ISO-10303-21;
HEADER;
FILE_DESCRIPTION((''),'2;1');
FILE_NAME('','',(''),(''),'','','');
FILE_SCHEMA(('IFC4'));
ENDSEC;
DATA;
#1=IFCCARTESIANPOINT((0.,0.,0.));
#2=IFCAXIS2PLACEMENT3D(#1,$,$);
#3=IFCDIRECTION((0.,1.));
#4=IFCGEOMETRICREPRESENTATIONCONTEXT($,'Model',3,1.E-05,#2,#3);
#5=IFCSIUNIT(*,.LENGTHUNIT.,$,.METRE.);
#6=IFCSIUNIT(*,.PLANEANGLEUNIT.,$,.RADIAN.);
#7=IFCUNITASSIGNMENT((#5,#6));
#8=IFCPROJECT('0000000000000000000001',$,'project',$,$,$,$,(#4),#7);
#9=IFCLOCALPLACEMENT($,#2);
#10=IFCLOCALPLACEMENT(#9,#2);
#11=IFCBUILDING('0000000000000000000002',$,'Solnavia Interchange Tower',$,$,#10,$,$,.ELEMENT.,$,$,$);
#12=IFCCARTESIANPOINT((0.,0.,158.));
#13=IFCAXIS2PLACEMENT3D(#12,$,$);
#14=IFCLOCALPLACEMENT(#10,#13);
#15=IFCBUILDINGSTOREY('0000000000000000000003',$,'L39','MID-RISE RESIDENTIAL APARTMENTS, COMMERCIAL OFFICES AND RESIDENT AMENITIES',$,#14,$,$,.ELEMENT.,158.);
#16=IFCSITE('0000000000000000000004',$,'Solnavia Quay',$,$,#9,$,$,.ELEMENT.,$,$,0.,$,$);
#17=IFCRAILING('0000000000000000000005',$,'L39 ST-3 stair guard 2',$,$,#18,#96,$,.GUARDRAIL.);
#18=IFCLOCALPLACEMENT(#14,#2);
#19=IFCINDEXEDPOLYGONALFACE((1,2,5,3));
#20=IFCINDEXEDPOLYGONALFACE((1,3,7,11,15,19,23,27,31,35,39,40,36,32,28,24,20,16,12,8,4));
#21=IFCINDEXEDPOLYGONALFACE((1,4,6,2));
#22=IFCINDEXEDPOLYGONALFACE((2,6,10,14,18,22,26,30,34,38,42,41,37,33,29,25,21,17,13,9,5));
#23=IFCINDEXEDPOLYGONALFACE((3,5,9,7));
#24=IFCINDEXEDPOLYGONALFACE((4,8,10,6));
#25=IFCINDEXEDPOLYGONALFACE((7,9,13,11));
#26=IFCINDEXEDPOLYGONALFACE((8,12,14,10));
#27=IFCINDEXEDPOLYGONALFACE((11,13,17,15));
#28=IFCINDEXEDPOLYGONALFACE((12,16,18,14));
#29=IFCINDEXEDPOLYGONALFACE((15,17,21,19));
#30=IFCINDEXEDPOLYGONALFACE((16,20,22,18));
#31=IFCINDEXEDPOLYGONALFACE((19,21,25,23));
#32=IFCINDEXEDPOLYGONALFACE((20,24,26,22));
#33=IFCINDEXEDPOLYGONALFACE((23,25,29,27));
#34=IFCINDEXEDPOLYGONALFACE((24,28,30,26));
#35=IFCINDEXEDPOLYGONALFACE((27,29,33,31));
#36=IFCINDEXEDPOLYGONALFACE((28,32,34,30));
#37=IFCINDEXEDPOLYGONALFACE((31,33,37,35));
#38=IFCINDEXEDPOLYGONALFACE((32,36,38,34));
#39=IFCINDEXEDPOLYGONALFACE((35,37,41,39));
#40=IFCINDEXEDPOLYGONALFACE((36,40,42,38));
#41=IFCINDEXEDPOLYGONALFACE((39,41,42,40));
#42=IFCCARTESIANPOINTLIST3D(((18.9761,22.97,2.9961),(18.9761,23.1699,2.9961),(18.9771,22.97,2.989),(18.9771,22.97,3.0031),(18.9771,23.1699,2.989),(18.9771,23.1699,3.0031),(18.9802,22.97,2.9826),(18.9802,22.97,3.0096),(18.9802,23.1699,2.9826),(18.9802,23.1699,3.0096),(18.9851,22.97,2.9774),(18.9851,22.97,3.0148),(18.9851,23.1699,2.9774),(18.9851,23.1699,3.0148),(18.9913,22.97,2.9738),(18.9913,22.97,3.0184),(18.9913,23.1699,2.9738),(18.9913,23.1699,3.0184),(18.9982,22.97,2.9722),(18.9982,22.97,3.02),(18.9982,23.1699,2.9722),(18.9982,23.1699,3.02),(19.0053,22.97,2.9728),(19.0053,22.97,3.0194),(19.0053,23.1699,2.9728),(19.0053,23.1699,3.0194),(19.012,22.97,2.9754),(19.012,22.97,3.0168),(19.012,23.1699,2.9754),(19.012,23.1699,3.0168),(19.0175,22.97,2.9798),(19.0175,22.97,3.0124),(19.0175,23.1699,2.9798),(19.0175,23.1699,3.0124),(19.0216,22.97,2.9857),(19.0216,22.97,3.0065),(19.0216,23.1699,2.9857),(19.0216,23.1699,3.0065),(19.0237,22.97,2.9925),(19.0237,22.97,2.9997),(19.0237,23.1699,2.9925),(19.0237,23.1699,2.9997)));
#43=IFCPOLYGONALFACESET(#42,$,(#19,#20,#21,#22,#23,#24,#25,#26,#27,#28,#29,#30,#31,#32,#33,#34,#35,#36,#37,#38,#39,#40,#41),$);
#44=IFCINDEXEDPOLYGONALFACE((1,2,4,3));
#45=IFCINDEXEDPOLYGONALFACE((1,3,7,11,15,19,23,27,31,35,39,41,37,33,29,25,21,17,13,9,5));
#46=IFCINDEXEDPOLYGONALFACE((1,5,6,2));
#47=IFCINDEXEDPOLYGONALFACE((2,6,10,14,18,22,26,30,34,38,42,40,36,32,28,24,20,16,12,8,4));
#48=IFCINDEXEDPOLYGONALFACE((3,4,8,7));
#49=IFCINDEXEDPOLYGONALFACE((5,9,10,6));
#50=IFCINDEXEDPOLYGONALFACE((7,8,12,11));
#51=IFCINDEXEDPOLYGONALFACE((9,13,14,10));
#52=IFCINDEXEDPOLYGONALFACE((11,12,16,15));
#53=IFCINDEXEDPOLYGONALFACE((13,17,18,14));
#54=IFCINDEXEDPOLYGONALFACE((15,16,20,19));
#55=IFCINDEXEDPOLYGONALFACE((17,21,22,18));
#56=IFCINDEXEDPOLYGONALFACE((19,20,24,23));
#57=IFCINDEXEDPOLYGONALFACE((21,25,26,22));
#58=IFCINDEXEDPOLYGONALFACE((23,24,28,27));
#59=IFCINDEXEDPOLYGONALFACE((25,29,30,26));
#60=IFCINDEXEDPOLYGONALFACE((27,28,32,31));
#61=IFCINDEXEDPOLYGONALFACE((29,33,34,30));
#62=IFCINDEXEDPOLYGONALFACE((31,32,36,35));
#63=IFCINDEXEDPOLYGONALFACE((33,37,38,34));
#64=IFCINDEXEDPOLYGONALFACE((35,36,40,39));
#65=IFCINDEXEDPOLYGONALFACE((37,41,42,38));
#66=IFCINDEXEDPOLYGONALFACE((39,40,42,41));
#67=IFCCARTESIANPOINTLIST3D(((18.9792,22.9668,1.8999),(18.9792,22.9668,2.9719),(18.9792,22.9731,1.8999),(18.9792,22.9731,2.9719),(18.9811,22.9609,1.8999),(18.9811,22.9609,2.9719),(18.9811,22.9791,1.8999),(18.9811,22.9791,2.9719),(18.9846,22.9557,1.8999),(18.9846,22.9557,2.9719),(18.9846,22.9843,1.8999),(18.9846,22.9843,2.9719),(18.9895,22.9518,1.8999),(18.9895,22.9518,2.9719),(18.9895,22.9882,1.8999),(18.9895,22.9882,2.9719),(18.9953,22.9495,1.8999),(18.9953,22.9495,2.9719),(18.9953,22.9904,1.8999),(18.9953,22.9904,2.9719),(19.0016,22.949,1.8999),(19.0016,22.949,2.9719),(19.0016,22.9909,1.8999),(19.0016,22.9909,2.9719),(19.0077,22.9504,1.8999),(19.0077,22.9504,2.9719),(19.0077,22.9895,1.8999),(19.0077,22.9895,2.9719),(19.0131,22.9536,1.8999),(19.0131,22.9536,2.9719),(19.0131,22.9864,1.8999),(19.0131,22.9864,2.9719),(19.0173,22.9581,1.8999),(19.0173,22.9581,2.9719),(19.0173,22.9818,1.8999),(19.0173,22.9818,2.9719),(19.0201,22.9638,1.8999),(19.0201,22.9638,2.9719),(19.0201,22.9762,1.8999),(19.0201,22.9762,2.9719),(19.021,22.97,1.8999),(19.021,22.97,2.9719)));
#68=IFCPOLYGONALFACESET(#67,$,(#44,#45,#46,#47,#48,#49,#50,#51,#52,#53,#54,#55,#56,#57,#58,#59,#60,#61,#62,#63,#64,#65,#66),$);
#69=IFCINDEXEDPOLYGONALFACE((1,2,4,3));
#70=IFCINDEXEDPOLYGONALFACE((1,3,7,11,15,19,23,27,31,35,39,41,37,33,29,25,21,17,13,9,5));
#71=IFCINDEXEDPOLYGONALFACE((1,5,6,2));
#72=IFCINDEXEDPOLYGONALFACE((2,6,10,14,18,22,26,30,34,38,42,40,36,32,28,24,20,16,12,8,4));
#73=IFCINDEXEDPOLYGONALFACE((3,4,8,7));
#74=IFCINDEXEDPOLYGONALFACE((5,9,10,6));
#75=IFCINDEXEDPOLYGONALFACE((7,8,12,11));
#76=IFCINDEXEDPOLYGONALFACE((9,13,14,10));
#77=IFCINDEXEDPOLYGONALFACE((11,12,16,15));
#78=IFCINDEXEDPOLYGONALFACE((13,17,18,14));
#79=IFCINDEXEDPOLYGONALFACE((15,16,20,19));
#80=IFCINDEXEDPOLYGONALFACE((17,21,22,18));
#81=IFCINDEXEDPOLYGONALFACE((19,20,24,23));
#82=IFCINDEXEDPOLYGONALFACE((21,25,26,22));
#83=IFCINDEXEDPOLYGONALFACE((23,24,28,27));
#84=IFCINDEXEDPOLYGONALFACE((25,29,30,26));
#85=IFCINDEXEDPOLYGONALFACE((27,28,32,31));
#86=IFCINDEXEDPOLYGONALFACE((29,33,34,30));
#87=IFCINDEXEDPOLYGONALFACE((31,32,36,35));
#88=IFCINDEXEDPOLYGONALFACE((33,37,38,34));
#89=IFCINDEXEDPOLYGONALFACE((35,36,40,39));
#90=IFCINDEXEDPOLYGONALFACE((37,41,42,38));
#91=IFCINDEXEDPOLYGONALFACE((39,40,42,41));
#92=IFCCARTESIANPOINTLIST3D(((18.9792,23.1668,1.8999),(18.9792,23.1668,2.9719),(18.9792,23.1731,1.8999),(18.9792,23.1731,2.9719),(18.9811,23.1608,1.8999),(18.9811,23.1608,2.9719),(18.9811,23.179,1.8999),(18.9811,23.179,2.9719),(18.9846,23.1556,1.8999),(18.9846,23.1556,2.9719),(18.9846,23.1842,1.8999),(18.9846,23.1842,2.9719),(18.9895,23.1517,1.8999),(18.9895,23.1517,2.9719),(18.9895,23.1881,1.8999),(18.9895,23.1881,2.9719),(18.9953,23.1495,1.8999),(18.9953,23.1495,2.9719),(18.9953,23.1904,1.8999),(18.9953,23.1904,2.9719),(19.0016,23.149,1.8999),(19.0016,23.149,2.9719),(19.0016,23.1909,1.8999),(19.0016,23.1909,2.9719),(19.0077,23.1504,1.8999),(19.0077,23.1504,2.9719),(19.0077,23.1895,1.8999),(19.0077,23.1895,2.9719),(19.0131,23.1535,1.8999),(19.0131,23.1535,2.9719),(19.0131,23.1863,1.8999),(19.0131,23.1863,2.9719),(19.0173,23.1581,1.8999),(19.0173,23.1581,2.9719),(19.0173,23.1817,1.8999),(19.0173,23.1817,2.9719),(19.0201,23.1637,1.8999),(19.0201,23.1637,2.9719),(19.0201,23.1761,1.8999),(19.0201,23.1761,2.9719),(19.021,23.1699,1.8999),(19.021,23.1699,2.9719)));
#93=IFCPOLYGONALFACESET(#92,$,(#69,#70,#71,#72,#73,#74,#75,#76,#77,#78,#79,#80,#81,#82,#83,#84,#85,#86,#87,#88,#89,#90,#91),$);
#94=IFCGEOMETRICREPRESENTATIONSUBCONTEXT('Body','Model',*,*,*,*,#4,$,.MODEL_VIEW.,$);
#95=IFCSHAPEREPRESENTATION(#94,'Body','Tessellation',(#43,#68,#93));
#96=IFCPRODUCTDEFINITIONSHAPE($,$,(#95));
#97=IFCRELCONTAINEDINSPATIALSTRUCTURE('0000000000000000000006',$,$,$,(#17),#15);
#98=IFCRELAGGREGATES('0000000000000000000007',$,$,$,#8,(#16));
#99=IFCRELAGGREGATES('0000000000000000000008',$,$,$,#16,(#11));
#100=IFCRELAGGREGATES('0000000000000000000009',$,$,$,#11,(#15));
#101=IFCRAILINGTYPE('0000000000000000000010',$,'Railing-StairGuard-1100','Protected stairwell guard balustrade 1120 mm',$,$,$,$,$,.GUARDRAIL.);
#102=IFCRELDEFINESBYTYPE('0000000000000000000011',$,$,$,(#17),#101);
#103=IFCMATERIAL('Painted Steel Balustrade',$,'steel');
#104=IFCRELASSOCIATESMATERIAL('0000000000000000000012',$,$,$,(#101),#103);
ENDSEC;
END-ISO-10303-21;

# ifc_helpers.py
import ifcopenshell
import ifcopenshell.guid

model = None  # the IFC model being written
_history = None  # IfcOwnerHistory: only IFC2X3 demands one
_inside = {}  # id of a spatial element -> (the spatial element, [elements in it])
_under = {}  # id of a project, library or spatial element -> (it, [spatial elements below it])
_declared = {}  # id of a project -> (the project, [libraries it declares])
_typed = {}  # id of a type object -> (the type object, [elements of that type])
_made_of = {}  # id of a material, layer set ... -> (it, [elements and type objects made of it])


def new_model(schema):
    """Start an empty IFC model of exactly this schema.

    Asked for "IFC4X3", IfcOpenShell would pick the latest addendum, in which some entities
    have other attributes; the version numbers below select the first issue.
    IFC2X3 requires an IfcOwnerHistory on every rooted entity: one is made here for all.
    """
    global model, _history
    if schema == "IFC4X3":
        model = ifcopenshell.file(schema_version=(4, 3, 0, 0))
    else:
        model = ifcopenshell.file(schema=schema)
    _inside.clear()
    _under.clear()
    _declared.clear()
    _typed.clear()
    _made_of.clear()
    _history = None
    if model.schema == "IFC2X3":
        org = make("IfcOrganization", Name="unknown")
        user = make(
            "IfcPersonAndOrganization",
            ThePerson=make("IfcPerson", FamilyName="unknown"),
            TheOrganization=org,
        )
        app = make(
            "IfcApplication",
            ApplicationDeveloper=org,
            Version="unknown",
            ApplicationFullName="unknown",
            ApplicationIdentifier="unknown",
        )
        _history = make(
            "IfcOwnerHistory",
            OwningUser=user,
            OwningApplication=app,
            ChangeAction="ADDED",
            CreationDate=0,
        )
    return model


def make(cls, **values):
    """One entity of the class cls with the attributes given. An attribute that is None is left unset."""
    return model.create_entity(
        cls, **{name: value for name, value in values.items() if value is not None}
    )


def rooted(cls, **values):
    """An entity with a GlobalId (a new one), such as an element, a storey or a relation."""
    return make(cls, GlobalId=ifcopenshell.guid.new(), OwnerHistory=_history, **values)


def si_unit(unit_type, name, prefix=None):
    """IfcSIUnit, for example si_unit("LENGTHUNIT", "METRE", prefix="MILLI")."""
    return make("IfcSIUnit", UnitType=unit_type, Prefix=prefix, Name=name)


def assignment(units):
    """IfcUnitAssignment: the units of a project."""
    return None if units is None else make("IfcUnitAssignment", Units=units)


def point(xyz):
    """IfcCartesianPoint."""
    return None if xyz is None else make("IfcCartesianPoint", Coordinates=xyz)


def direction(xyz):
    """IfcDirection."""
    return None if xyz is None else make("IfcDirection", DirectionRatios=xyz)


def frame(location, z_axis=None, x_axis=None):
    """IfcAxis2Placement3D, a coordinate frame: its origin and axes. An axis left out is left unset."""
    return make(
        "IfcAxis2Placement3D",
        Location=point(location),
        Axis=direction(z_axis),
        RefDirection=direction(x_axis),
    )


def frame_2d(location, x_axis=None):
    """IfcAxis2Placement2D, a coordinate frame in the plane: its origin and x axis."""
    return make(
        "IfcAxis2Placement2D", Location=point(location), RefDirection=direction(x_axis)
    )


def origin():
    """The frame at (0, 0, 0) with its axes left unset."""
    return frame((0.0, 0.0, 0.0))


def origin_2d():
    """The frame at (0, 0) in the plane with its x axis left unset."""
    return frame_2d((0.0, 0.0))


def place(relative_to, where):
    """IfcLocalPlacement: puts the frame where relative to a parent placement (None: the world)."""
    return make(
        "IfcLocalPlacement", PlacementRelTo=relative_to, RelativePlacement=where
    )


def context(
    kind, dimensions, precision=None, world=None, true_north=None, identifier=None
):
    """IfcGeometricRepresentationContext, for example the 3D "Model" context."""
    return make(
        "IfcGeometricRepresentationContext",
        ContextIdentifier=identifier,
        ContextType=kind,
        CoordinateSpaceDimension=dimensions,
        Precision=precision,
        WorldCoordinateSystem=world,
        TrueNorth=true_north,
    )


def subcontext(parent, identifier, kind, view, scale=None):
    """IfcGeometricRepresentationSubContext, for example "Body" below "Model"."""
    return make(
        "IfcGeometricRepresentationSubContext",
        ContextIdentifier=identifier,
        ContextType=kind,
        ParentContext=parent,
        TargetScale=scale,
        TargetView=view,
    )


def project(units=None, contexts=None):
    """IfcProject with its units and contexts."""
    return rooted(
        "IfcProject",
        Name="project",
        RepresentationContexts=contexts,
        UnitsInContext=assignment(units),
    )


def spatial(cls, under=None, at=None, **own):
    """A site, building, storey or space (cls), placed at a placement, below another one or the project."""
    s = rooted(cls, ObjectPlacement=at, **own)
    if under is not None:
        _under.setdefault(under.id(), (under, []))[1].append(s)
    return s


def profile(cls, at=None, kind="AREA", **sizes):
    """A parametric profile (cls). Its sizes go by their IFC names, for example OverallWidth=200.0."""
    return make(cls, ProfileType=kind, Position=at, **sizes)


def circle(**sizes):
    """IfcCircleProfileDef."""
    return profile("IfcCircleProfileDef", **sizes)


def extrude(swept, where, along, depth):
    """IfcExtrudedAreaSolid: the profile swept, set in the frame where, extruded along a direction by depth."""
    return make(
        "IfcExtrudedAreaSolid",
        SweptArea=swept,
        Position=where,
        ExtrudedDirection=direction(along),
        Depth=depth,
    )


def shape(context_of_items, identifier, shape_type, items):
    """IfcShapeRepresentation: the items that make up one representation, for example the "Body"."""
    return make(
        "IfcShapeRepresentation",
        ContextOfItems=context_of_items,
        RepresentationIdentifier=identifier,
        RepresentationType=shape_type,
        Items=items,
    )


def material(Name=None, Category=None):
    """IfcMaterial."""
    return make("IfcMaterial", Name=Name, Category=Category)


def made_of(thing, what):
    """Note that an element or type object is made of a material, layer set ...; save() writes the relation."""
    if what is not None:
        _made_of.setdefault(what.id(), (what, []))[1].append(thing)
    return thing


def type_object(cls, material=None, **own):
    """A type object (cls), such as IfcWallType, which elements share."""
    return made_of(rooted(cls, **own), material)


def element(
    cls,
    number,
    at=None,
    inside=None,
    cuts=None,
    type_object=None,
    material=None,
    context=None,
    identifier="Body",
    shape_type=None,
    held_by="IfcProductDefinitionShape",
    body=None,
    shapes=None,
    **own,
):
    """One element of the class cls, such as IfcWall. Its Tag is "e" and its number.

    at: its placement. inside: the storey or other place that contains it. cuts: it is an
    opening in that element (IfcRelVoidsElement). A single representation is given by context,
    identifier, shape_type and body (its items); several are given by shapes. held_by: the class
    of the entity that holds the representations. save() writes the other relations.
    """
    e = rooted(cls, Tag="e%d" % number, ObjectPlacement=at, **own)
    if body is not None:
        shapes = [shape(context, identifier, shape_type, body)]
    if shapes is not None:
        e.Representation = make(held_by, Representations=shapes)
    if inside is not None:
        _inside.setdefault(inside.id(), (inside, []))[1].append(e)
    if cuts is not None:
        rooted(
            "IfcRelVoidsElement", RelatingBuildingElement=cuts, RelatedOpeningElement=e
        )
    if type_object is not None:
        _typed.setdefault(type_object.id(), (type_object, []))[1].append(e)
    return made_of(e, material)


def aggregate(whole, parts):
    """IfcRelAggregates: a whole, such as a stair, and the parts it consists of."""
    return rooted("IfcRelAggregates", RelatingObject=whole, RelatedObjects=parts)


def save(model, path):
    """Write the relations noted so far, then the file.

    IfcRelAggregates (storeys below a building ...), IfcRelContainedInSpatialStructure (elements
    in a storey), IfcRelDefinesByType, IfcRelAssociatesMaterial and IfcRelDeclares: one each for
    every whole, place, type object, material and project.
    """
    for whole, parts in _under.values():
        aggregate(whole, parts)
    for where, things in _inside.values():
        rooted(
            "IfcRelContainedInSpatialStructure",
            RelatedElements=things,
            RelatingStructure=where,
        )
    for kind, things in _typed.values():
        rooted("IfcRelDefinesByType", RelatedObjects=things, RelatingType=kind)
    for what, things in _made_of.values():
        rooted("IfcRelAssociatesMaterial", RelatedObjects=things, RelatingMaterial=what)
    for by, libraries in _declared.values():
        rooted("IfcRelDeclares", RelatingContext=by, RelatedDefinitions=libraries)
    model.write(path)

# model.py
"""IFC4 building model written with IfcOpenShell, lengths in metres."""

from ifc_helpers import new_model, si_unit, direction, frame, origin, origin_2d, place, context, subcontext, project, spatial, circle, extrude, material, type_object, element, save


model = new_model("IFC4")

# Units and contexts
model_context = context("Model", 3, precision=1e-05, world=origin(), true_north=direction((0.0, 1.0)))
body_context = subcontext(model_context, "Body", "Model", "MODEL_VIEW")
ifc_project = project(units=[si_unit("LENGTHUNIT", "METRE"), si_unit("PLANEANGLEUNIT", "RADIAN")], contexts=[model_context])

# Site, building, storey
site_placement = place(None, origin())
site = spatial("IfcSite", under=ifc_project, at=site_placement, Name="Solnavia Quay", CompositionType="ELEMENT", RefElevation=0.0)
building_placement = place(site_placement, origin())
building = spatial("IfcBuilding", under=site, at=building_placement, Name="Solnavia Interchange Tower", CompositionType="ELEMENT")
storey_placement = place(building_placement, frame((0.0, 0.0, 158.0)))
storey = spatial("IfcBuildingStorey", under=building, at=storey_placement, Name="L39", Description="MID-RISE RESIDENTIAL APARTMENTS, COMMERCIAL OFFICES AND RESIDENT AMENITIES", CompositionType="ELEMENT", Elevation=158.0)

# Railing
ifc_material_1 = material(Name="Painted Steel Balustrade", Category="steel")
railing_type_1 = type_object("IfcRailingType", Name="Railing-StairGuard-1100", Description="Protected stairwell guard balustrade 1120 mm", PredefinedType="GUARDRAIL", material=ifc_material_1)
railing_1_placement = place(storey_placement, frame((19.0, 22.97, 1.8999)))
element("IfcRailing", 1, at=railing_1_placement, inside=storey, type_object=railing_type_1, Name="L39 ST-3 stair guard 2", PredefinedType="GUARDRAIL", context=body_context, shape_type="SweptSolid", body=[
    extrude(circle(Radius=0.0239, at=origin_2d()), frame((0.0, 0.0, 1.0962), z_axis=(0.0, 1.0, 0.0), x_axis=(-1.0, 0.0, 0.0)), (0.0, 0.0, 1.0), 0.2),
    extrude(circle(Radius=0.021, at=origin_2d()), origin(), (0.0, 0.0, 1.0), 1.072),
    extrude(circle(Radius=0.021, at=origin_2d()), frame((0.0, 0.2, 0.0)), (0.0, 0.0, 1.0), 1.072),
])

save(model, "model.ifc")
